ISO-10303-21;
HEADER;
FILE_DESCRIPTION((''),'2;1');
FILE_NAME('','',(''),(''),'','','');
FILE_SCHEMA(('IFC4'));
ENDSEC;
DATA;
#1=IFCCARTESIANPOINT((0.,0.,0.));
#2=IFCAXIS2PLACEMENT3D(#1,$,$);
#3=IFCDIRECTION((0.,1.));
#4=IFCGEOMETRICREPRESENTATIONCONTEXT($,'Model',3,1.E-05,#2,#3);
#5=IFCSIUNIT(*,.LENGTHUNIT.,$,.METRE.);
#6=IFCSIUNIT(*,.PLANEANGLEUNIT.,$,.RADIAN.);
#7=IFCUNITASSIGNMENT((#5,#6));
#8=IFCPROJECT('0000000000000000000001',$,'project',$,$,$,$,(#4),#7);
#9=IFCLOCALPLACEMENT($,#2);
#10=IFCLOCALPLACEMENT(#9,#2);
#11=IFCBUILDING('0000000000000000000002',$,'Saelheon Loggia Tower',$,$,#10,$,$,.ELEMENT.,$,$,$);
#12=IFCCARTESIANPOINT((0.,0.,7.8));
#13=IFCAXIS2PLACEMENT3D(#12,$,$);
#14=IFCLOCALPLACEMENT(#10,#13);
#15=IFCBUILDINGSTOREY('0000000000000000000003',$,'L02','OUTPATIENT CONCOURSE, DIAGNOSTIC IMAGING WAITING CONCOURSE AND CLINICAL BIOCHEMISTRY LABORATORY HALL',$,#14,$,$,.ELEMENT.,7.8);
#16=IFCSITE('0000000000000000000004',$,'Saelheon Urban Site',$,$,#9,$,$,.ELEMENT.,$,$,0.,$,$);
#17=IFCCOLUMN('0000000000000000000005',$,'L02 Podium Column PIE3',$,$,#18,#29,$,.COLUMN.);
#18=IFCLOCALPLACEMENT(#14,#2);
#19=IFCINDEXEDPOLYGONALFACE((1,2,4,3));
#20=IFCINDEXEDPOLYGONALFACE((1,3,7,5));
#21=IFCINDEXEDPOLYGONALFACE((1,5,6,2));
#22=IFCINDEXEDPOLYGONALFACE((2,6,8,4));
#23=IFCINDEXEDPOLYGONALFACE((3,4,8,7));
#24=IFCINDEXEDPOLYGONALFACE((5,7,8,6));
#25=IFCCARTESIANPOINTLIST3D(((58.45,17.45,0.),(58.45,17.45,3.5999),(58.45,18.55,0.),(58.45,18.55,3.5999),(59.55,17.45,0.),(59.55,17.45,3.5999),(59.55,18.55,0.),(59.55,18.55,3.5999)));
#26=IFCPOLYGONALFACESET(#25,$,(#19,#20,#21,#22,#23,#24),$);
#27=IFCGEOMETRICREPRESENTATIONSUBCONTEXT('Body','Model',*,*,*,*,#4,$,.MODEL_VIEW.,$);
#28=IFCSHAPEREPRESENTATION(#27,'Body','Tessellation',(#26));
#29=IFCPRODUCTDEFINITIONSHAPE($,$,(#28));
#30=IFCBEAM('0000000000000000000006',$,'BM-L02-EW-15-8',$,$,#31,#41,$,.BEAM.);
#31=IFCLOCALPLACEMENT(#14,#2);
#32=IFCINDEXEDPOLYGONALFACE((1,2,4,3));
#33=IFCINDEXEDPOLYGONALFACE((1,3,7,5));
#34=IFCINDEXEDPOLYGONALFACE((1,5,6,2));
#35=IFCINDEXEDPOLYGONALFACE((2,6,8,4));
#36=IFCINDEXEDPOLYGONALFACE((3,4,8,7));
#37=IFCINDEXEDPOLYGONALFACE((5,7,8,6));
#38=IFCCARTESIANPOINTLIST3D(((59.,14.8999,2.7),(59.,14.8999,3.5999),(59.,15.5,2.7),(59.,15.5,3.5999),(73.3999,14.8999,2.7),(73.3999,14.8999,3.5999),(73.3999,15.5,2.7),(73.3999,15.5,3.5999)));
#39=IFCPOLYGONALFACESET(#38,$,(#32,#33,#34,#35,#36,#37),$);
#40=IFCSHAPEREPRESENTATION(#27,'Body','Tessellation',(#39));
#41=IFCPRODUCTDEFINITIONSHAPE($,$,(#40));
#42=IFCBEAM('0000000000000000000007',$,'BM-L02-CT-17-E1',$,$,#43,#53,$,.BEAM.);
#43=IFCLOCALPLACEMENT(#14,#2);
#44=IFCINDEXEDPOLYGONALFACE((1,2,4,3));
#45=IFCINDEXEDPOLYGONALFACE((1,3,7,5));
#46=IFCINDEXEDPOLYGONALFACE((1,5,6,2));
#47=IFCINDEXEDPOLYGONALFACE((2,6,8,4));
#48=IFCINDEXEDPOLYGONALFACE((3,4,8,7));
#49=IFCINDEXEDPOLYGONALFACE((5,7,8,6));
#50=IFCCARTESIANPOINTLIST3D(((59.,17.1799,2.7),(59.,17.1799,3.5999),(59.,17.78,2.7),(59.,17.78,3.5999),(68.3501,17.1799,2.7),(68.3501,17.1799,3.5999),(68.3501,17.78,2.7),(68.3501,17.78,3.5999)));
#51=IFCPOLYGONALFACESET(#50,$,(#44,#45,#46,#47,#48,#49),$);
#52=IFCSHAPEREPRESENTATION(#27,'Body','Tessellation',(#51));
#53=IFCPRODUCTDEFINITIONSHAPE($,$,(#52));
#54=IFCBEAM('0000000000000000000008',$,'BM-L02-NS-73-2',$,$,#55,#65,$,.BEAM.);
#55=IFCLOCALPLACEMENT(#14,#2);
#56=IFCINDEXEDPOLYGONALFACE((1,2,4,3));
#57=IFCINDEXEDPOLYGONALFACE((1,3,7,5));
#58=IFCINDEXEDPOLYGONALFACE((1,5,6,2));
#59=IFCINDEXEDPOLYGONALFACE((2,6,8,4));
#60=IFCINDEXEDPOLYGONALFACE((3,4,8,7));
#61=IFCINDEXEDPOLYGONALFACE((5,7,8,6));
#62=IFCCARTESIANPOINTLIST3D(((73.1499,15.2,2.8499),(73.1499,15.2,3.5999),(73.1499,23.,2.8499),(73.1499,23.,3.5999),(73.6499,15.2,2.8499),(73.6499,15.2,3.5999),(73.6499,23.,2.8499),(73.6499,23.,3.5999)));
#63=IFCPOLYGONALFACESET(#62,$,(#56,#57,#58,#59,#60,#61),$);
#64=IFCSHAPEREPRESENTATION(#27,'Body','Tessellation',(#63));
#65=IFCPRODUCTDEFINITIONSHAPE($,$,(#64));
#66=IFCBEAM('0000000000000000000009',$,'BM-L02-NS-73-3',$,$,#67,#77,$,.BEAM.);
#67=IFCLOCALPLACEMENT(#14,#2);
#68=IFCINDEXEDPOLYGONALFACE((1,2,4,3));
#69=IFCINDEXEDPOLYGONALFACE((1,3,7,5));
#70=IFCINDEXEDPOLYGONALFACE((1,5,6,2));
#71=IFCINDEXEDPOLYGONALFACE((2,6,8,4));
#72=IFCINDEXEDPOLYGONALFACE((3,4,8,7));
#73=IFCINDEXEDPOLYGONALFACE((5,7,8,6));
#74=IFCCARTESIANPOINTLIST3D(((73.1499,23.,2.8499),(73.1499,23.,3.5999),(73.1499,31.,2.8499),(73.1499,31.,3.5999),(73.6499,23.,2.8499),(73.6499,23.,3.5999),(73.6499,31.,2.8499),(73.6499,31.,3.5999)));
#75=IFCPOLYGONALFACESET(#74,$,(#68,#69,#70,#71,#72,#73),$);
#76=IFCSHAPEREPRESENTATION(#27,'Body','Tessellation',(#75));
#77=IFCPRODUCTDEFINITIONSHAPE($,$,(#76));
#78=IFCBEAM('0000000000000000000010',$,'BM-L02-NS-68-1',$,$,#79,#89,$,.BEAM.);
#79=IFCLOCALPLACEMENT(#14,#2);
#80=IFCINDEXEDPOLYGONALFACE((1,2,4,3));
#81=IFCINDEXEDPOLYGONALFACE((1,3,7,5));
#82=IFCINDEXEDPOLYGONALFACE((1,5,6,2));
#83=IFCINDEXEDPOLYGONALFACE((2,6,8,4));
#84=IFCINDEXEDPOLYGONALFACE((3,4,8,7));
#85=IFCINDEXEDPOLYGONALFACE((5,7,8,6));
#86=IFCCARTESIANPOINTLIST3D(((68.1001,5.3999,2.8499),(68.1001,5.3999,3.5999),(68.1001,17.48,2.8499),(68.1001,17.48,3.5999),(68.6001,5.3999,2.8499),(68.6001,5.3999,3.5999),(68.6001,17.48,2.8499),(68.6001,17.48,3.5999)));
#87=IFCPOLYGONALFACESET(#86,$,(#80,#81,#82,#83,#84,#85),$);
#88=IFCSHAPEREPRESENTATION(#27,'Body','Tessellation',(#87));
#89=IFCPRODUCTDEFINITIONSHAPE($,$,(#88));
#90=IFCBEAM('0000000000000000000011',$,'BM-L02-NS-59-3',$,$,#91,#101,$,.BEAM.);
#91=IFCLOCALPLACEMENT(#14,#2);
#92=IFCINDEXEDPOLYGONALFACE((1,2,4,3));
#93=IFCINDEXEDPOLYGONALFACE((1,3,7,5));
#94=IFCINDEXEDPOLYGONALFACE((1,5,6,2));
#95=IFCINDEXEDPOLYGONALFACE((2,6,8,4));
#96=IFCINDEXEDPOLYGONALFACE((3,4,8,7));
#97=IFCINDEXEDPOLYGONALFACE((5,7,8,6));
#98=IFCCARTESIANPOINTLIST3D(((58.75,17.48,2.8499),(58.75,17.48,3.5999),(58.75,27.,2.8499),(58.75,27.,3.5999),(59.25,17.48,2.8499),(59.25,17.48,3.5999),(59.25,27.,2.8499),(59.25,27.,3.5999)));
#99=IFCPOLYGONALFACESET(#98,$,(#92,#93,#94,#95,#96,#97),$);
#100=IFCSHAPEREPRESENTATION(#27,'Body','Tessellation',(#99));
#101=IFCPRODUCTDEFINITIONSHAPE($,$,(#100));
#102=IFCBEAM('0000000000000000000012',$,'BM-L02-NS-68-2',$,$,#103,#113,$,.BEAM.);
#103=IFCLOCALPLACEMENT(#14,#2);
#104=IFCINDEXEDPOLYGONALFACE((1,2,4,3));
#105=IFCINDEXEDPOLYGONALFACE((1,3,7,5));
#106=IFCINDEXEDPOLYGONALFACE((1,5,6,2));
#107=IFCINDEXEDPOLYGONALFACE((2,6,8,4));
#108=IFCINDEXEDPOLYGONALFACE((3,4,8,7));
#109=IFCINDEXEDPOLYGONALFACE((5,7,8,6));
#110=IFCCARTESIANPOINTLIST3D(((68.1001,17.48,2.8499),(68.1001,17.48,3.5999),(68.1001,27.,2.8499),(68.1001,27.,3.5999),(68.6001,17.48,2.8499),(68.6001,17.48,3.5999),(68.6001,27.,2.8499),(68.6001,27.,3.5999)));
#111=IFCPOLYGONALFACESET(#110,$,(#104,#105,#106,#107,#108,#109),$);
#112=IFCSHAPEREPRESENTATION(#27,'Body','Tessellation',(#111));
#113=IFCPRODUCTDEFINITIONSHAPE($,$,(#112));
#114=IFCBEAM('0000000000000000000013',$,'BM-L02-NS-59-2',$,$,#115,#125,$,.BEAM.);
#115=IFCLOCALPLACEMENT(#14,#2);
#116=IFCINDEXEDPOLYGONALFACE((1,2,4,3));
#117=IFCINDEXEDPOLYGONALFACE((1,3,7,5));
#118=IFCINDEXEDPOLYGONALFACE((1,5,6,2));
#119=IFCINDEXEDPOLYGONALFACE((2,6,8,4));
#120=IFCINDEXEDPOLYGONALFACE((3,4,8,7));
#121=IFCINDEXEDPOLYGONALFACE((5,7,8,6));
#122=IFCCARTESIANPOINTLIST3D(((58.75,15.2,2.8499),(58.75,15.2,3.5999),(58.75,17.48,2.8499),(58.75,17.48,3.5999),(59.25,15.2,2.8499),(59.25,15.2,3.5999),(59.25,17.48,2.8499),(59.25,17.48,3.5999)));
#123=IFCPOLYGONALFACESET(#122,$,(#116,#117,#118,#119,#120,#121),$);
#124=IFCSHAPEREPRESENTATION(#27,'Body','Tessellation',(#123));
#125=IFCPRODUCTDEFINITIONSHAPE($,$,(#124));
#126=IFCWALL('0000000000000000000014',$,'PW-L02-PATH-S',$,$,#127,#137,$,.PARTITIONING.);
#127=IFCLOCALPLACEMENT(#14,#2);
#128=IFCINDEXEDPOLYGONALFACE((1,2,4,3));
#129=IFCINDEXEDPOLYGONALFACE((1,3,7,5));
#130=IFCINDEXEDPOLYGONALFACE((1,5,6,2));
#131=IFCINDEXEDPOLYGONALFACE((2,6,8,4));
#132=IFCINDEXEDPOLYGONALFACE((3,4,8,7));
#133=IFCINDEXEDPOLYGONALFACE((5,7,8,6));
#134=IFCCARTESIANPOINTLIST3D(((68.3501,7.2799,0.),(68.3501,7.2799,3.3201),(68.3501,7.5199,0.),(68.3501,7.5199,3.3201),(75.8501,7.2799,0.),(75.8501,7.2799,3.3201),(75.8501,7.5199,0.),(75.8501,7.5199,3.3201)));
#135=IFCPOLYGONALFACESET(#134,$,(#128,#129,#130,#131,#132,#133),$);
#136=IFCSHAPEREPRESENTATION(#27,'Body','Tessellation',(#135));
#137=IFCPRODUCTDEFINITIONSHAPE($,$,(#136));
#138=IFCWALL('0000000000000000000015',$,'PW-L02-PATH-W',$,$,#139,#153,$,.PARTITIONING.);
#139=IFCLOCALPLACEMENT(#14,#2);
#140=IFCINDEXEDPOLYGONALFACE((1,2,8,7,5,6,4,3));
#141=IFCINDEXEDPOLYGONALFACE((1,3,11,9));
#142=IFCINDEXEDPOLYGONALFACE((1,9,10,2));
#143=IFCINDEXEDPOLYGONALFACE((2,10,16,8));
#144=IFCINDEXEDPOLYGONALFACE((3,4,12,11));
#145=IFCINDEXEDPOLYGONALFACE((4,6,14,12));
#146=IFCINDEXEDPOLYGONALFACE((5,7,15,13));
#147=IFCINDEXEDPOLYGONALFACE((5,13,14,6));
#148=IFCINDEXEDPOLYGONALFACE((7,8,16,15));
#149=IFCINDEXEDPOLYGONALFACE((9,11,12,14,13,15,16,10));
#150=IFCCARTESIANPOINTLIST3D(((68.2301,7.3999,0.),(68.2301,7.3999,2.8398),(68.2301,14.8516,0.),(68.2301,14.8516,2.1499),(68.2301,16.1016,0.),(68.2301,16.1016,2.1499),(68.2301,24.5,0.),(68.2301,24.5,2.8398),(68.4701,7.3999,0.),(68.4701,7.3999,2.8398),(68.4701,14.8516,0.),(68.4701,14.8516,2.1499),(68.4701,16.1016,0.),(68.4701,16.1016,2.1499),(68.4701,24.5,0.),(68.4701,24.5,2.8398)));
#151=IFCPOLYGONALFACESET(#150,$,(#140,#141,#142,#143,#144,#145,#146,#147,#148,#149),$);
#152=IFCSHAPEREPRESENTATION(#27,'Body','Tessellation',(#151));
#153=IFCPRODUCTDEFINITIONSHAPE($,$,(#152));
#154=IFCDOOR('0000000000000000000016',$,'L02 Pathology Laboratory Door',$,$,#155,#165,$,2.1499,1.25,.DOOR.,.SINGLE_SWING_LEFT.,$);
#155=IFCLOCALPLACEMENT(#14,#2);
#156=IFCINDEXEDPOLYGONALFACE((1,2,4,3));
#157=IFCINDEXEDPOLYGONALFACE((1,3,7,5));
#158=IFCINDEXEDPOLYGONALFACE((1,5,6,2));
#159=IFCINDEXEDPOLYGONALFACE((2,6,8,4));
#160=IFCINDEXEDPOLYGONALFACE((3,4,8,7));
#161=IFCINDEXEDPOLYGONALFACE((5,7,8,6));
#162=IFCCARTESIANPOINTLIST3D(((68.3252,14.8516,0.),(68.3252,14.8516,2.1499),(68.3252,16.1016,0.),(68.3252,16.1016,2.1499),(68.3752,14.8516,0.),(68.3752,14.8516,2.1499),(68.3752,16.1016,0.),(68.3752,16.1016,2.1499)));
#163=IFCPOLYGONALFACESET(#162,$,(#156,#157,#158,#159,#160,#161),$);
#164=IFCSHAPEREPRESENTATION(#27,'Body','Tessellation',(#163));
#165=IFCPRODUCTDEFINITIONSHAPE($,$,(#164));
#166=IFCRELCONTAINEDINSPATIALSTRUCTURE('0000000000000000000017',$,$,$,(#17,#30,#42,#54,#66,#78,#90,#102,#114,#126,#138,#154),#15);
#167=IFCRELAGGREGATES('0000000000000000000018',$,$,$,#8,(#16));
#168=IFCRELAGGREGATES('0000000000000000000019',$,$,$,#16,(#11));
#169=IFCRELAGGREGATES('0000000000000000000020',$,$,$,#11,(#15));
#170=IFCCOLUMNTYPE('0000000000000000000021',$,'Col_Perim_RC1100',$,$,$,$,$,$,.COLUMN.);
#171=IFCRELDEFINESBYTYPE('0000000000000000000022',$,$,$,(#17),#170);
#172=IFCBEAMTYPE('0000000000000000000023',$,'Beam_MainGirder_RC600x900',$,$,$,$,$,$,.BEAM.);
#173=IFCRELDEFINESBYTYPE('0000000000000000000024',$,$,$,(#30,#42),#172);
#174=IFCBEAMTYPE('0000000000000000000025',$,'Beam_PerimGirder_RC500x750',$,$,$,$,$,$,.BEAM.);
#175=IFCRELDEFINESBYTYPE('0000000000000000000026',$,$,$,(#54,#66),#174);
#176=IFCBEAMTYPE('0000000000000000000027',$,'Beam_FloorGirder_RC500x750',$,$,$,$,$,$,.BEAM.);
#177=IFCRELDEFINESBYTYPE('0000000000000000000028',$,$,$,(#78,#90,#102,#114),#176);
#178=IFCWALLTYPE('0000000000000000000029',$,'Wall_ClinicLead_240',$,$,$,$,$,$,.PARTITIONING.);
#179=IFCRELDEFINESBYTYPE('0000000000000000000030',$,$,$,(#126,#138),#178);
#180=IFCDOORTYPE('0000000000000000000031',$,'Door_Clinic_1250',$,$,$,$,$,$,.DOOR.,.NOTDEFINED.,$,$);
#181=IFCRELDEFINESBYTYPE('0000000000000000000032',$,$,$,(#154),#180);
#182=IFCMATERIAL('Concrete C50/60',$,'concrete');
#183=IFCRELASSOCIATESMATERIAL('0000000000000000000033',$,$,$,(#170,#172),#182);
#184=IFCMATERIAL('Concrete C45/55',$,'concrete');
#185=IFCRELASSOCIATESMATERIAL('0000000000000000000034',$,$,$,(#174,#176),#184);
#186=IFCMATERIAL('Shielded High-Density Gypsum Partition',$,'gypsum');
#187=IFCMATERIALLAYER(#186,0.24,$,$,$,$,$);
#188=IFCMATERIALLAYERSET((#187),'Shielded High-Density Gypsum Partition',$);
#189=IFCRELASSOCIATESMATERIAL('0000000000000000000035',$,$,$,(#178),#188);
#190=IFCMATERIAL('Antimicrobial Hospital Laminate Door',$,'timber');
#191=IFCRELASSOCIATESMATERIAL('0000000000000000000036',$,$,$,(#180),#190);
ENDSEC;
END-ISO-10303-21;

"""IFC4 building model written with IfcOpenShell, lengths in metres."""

from ifc_helpers import new_model, si_unit, direction, frame, frame_2d, origin, origin_2d, place, context, subcontext, project, spatial, rectangle, extrude, source, transform, mapped, material, layer, layer_set, material_profile, profile_set, type_object, element, fill, save


model = new_model("IFC4")

# Units and contexts
model_context = context("Model", 3, precision=1e-05, world=origin(), true_north=direction((0.0, 1.0)))
body_context = subcontext(model_context, "Body", "Model", "MODEL_VIEW")
ifc_project = project(units=[si_unit("LENGTHUNIT", "METRE"), si_unit("PLANEANGLEUNIT", "RADIAN")], contexts=[model_context])

# Site, building, storey
site_placement = place(None, origin())
site = spatial("IfcSite", under=ifc_project, at=site_placement, Name="Saelheon Urban Site", CompositionType="ELEMENT", RefElevation=0.0)
building_placement = place(site_placement, origin())
building = spatial("IfcBuilding", under=site, at=building_placement, Name="Saelheon Loggia Tower", CompositionType="ELEMENT")
storey_placement = place(building_placement, frame((0.0, 0.0, 7.8)))
storey = spatial("IfcBuildingStorey", under=building, at=storey_placement, Name="L02", Description="OUTPATIENT CONCOURSE, DIAGNOSTIC IMAGING WAITING CONCOURSE AND CLINICAL BIOCHEMISTRY LABORATORY HALL", CompositionType="ELEMENT", Elevation=7.8)

# Column
ifc_material_1 = material(Name="Concrete C50/60", Category="concrete")
ifc_material_2 = material(Name="Concrete C45/55", Category="concrete")
ifc_material_profile_1 = material_profile(ifc_material_1, rectangle(XDim=1.1001, YDim=1.1001, at=origin_2d()), Name="RC-1100x1100")
ifc_profile_set_1 = profile_set([ifc_material_profile_1], Name="Concrete C50/60")
column_type_1 = type_object("IfcColumnType", Name="Col_Perim_RC1100", PredefinedType="COLUMN", material=ifc_profile_set_1)
shared_shape_1 = source(origin(), body_context, "Body", "SweptSolid", [
    extrude(rectangle(XDim=1.1001, YDim=1.1001, at=origin_2d()), origin(), (0.0, 0.0, 1.0), 3.5999),
])
for number, where, z_axis, x_axis, name in (
    (1, (59.0, 18.0, 0.0), (0.0, 0.0, 1.0), (1.0, 0.0, 0.0), "L02 Podium Column PIE3"),
):
    element("IfcColumn", number, at=place(storey_placement, frame(where, z_axis=z_axis, x_axis=x_axis)), inside=storey, type_object=column_type_1, Name=name, PredefinedType="COLUMN", context=body_context, shape_type="MappedRepresentation", body=[
        mapped(shared_shape_1, transform((0.0, 0.0, 0.0), scale=1.0)),
    ])

# Beams
ifc_material_profile_2 = material_profile(ifc_material_1, rectangle(XDim=0.6001, YDim=0.8999, at=origin_2d()), Name="RC-600x900")
ifc_profile_set_2 = profile_set([ifc_material_profile_2], Name="Concrete C50/60")
beam_type_1 = type_object("IfcBeamType", Name="Beam_MainGirder_RC600x900", PredefinedType="BEAM", material=ifc_profile_set_2)
shared_shape_2 = source(origin(), body_context, "Body", "SweptSolid", [
    extrude(rectangle(XDim=0.6001, YDim=0.8999, at=origin_2d()), origin(), (0.0, 0.0, 1.0), 14.3999),
])
beam_1_placement = place(storey_placement, frame((59.0, 15.2, 3.1499), z_axis=(1.0, 0.0, 0.0), x_axis=(0.0, 1.0, 0.0)))
element("IfcBeam", 2, at=beam_1_placement, inside=storey, type_object=beam_type_1, Name="BM-L02-EW-15-8", PredefinedType="BEAM", context=body_context, shape_type="MappedRepresentation", body=[
    mapped(shared_shape_2, transform((0.0, 0.0, 0.0), scale=1.0)),
])
shared_shape_3 = source(origin(), body_context, "Body", "SweptSolid", [
    extrude(rectangle(XDim=0.6001, YDim=0.8999, at=origin_2d()), origin(), (0.0, 0.0, 1.0), 9.3501),
])
beam_2_placement = place(storey_placement, frame((59.0, 17.48, 3.1499), z_axis=(1.0, 0.0, 0.0), x_axis=(0.0, 1.0, 0.0)))
element("IfcBeam", 3, at=beam_2_placement, inside=storey, type_object=beam_type_1, Name="BM-L02-CT-17-E1", PredefinedType="BEAM", context=body_context, shape_type="MappedRepresentation", body=[
    mapped(shared_shape_3, transform((0.0, 0.0, 0.0), scale=1.0)),
])
ifc_material_profile_3 = material_profile(ifc_material_2, rectangle(XDim=0.5, YDim=0.75, at=origin_2d()), Name="RC-500x750")
ifc_profile_set_3 = profile_set([ifc_material_profile_3], Name="Concrete C45/55")
beam_type_2 = type_object("IfcBeamType", Name="Beam_PerimGirder_RC500x750", PredefinedType="BEAM", material=ifc_profile_set_3)
shared_shape_4 = source(origin(), body_context, "Body", "SweptSolid", [
    extrude(rectangle(XDim=0.5, YDim=0.75, at=origin_2d()), origin(), (0.0, 0.0, 1.0), 7.8),
])
beam_3_placement = place(storey_placement, frame((73.3999, 15.2, 3.2249), z_axis=(0.0, 1.0, 0.0), x_axis=(-1.0, 0.0, 0.0)))
element("IfcBeam", 4, at=beam_3_placement, inside=storey, type_object=beam_type_2, Name="BM-L02-NS-73-2", PredefinedType="BEAM", context=body_context, shape_type="MappedRepresentation", body=[
    mapped(shared_shape_4, transform((0.0, 0.0, 0.0), scale=1.0)),
])
shared_shape_5 = source(origin(), body_context, "Body", "SweptSolid", [
    extrude(rectangle(XDim=0.5, YDim=0.75, at=origin_2d()), origin(), (0.0, 0.0, 1.0), 8.0),
])
beam_4_placement = place(storey_placement, frame((73.3999, 23.0, 3.2249), z_axis=(0.0, 1.0, 0.0), x_axis=(-1.0, 0.0, 0.0)))
element("IfcBeam", 5, at=beam_4_placement, inside=storey, type_object=beam_type_2, Name="BM-L02-NS-73-3", PredefinedType="BEAM", context=body_context, shape_type="MappedRepresentation", body=[
    mapped(shared_shape_5, transform((0.0, 0.0, 0.0), scale=1.0)),
])
ifc_material_profile_4 = material_profile(ifc_material_2, rectangle(XDim=0.5, YDim=0.75, at=origin_2d()), Name="RC-500x750")
ifc_profile_set_4 = profile_set([ifc_material_profile_4], Name="Concrete C45/55")
beam_type_3 = type_object("IfcBeamType", Name="Beam_FloorGirder_RC500x750", PredefinedType="BEAM", material=ifc_profile_set_4)
shared_shape_6 = source(origin(), body_context, "Body", "SweptSolid", [
    extrude(rectangle(XDim=0.5, YDim=0.75, at=origin_2d()), origin(), (0.0, 0.0, 1.0), 12.0801),
])
beam_5_placement = place(storey_placement, frame((68.3501, 5.3999, 3.2249), z_axis=(0.0, 1.0, 0.0), x_axis=(-1.0, 0.0, 0.0)))
element("IfcBeam", 6, at=beam_5_placement, inside=storey, type_object=beam_type_3, Name="BM-L02-NS-68-1", PredefinedType="BEAM", context=body_context, shape_type="MappedRepresentation", body=[
    mapped(shared_shape_6, transform((0.0, 0.0, 0.0), scale=1.0)),
])
shared_shape_7 = source(origin(), body_context, "Body", "SweptSolid", [
    extrude(rectangle(XDim=0.5, YDim=0.75, at=origin_2d()), origin(), (0.0, 0.0, 1.0), 9.52),
])
for number, where, z_axis, x_axis, name in (
    (7, (59.0, 17.48, 3.2249), (0.0, 1.0, 0.0), (-1.0, 0.0, 0.0), "BM-L02-NS-59-3"),
    (8, (68.3501, 17.48, 3.2249), (0.0, 1.0, 0.0), (-1.0, 0.0, 0.0), "BM-L02-NS-68-2"),
):
    element("IfcBeam", number, at=place(storey_placement, frame(where, z_axis=z_axis, x_axis=x_axis)), inside=storey, type_object=beam_type_3, Name=name, PredefinedType="BEAM", context=body_context, shape_type="MappedRepresentation", body=[
        mapped(shared_shape_7, transform((0.0, 0.0, 0.0), scale=1.0)),
    ])
shared_shape_8 = source(origin(), body_context, "Body", "SweptSolid", [
    extrude(rectangle(XDim=0.5, YDim=0.75, at=origin_2d()), origin(), (0.0, 0.0, 1.0), 2.28),
])
beam_6_placement = place(storey_placement, frame((59.0, 15.2, 3.2249), z_axis=(0.0, 1.0, 0.0), x_axis=(-1.0, 0.0, 0.0)))
element("IfcBeam", 9, at=beam_6_placement, inside=storey, type_object=beam_type_3, Name="BM-L02-NS-59-2", PredefinedType="BEAM", context=body_context, shape_type="MappedRepresentation", body=[
    mapped(shared_shape_8, transform((0.0, 0.0, 0.0), scale=1.0)),
])

# Wall
ifc_material_3 = material(Name="Shielded High-Density Gypsum Partition", Category="gypsum")
ifc_layer_1 = layer(ifc_material_3, 0.24)
ifc_layer_set_1 = layer_set([ifc_layer_1], Name="Shielded High-Density Gypsum Partition")
wall_type_1 = type_object("IfcWallType", Name="Wall_ClinicLead_240", PredefinedType="PARTITIONING", material=ifc_layer_set_1)
wall_1_placement = place(storey_placement, frame((68.3501, 7.3999, 0.0), z_axis=(0.0, 0.0, 1.0), x_axis=(1.0, 0.0, 0.0)))
element("IfcWall", 10, at=wall_1_placement, inside=storey, type_object=wall_type_1, Name="PW-L02-PATH-S", PredefinedType="PARTITIONING", context=body_context, shape_type="SweptSolid", body=[
    extrude(rectangle(XDim=7.5, YDim=0.24, at=frame_2d((3.75, 0.0))), origin(), (0.0, 0.0, 1.0), 3.3201),
])

# Wall, opening, door
wall_2_placement = place(storey_placement, frame((68.3501, 7.3999, 0.0), z_axis=(0.0, 0.0, 1.0), x_axis=(0.0, 1.0, 0.0)))
wall_2 = element("IfcWall", 11, at=wall_2_placement, inside=storey, type_object=wall_type_1, Name="PW-L02-PATH-W", PredefinedType="PARTITIONING", context=body_context, shape_type="SweptSolid", body=[
    extrude(rectangle(XDim=17.1001, YDim=0.24, at=frame_2d((8.55, 0.0))), origin(), (0.0, 0.0, 1.0), 2.8398),
])
opening_1_placement = place(wall_2_placement, frame((7.4517, 0.0, 0.0)))
opening_1 = element("IfcOpeningElement", 12, at=opening_1_placement, cuts=wall_2, PredefinedType="OPENING", context=body_context, shape_type="SweptSolid", body=[
    extrude(rectangle(XDim=1.25, YDim=2.1499, at=frame_2d((0.625, 1.075))), frame((0.0, 0.1321, 0.0), z_axis=(0.0, -1.0, 0.0), x_axis=(1.0, 0.0, 0.0)), (0.0, 0.0, 1.0), 0.2639),
])
ifc_material_4 = material(Name="Antimicrobial Hospital Laminate Door", Category="timber")
door_type_1 = type_object("IfcDoorType", Name="Door_Clinic_1250", OperationType="NOTDEFINED", PredefinedType="DOOR", material=ifc_material_4)
shared_shape_9 = source(origin(), body_context, "Body", "SweptSolid", [
    extrude(rectangle(XDim=1.25, YDim=2.1499, at=frame_2d((0.625, 1.075))), frame((0.0, 0.0249, 0.0), z_axis=(0.0, -1.0, 0.0), x_axis=(1.0, 0.0, 0.0)), (0.0, 0.0, 1.0), 0.05),
])
door_1_placement = place(opening_1_placement, origin())
door_1 = element("IfcDoor", 13, at=door_1_placement, inside=storey, type_object=door_type_1, Name="L02 Pathology Laboratory Door", OperationType="SINGLE_SWING_LEFT", OverallHeight=2.1499, OverallWidth=1.25, PredefinedType="DOOR", context=body_context, shape_type="MappedRepresentation", body=[
    mapped(shared_shape_9, transform((0.0, 0.0, 0.0), scale=1.0)),
])
fill(opening_1, door_1)

save(model, "model.ifc")
